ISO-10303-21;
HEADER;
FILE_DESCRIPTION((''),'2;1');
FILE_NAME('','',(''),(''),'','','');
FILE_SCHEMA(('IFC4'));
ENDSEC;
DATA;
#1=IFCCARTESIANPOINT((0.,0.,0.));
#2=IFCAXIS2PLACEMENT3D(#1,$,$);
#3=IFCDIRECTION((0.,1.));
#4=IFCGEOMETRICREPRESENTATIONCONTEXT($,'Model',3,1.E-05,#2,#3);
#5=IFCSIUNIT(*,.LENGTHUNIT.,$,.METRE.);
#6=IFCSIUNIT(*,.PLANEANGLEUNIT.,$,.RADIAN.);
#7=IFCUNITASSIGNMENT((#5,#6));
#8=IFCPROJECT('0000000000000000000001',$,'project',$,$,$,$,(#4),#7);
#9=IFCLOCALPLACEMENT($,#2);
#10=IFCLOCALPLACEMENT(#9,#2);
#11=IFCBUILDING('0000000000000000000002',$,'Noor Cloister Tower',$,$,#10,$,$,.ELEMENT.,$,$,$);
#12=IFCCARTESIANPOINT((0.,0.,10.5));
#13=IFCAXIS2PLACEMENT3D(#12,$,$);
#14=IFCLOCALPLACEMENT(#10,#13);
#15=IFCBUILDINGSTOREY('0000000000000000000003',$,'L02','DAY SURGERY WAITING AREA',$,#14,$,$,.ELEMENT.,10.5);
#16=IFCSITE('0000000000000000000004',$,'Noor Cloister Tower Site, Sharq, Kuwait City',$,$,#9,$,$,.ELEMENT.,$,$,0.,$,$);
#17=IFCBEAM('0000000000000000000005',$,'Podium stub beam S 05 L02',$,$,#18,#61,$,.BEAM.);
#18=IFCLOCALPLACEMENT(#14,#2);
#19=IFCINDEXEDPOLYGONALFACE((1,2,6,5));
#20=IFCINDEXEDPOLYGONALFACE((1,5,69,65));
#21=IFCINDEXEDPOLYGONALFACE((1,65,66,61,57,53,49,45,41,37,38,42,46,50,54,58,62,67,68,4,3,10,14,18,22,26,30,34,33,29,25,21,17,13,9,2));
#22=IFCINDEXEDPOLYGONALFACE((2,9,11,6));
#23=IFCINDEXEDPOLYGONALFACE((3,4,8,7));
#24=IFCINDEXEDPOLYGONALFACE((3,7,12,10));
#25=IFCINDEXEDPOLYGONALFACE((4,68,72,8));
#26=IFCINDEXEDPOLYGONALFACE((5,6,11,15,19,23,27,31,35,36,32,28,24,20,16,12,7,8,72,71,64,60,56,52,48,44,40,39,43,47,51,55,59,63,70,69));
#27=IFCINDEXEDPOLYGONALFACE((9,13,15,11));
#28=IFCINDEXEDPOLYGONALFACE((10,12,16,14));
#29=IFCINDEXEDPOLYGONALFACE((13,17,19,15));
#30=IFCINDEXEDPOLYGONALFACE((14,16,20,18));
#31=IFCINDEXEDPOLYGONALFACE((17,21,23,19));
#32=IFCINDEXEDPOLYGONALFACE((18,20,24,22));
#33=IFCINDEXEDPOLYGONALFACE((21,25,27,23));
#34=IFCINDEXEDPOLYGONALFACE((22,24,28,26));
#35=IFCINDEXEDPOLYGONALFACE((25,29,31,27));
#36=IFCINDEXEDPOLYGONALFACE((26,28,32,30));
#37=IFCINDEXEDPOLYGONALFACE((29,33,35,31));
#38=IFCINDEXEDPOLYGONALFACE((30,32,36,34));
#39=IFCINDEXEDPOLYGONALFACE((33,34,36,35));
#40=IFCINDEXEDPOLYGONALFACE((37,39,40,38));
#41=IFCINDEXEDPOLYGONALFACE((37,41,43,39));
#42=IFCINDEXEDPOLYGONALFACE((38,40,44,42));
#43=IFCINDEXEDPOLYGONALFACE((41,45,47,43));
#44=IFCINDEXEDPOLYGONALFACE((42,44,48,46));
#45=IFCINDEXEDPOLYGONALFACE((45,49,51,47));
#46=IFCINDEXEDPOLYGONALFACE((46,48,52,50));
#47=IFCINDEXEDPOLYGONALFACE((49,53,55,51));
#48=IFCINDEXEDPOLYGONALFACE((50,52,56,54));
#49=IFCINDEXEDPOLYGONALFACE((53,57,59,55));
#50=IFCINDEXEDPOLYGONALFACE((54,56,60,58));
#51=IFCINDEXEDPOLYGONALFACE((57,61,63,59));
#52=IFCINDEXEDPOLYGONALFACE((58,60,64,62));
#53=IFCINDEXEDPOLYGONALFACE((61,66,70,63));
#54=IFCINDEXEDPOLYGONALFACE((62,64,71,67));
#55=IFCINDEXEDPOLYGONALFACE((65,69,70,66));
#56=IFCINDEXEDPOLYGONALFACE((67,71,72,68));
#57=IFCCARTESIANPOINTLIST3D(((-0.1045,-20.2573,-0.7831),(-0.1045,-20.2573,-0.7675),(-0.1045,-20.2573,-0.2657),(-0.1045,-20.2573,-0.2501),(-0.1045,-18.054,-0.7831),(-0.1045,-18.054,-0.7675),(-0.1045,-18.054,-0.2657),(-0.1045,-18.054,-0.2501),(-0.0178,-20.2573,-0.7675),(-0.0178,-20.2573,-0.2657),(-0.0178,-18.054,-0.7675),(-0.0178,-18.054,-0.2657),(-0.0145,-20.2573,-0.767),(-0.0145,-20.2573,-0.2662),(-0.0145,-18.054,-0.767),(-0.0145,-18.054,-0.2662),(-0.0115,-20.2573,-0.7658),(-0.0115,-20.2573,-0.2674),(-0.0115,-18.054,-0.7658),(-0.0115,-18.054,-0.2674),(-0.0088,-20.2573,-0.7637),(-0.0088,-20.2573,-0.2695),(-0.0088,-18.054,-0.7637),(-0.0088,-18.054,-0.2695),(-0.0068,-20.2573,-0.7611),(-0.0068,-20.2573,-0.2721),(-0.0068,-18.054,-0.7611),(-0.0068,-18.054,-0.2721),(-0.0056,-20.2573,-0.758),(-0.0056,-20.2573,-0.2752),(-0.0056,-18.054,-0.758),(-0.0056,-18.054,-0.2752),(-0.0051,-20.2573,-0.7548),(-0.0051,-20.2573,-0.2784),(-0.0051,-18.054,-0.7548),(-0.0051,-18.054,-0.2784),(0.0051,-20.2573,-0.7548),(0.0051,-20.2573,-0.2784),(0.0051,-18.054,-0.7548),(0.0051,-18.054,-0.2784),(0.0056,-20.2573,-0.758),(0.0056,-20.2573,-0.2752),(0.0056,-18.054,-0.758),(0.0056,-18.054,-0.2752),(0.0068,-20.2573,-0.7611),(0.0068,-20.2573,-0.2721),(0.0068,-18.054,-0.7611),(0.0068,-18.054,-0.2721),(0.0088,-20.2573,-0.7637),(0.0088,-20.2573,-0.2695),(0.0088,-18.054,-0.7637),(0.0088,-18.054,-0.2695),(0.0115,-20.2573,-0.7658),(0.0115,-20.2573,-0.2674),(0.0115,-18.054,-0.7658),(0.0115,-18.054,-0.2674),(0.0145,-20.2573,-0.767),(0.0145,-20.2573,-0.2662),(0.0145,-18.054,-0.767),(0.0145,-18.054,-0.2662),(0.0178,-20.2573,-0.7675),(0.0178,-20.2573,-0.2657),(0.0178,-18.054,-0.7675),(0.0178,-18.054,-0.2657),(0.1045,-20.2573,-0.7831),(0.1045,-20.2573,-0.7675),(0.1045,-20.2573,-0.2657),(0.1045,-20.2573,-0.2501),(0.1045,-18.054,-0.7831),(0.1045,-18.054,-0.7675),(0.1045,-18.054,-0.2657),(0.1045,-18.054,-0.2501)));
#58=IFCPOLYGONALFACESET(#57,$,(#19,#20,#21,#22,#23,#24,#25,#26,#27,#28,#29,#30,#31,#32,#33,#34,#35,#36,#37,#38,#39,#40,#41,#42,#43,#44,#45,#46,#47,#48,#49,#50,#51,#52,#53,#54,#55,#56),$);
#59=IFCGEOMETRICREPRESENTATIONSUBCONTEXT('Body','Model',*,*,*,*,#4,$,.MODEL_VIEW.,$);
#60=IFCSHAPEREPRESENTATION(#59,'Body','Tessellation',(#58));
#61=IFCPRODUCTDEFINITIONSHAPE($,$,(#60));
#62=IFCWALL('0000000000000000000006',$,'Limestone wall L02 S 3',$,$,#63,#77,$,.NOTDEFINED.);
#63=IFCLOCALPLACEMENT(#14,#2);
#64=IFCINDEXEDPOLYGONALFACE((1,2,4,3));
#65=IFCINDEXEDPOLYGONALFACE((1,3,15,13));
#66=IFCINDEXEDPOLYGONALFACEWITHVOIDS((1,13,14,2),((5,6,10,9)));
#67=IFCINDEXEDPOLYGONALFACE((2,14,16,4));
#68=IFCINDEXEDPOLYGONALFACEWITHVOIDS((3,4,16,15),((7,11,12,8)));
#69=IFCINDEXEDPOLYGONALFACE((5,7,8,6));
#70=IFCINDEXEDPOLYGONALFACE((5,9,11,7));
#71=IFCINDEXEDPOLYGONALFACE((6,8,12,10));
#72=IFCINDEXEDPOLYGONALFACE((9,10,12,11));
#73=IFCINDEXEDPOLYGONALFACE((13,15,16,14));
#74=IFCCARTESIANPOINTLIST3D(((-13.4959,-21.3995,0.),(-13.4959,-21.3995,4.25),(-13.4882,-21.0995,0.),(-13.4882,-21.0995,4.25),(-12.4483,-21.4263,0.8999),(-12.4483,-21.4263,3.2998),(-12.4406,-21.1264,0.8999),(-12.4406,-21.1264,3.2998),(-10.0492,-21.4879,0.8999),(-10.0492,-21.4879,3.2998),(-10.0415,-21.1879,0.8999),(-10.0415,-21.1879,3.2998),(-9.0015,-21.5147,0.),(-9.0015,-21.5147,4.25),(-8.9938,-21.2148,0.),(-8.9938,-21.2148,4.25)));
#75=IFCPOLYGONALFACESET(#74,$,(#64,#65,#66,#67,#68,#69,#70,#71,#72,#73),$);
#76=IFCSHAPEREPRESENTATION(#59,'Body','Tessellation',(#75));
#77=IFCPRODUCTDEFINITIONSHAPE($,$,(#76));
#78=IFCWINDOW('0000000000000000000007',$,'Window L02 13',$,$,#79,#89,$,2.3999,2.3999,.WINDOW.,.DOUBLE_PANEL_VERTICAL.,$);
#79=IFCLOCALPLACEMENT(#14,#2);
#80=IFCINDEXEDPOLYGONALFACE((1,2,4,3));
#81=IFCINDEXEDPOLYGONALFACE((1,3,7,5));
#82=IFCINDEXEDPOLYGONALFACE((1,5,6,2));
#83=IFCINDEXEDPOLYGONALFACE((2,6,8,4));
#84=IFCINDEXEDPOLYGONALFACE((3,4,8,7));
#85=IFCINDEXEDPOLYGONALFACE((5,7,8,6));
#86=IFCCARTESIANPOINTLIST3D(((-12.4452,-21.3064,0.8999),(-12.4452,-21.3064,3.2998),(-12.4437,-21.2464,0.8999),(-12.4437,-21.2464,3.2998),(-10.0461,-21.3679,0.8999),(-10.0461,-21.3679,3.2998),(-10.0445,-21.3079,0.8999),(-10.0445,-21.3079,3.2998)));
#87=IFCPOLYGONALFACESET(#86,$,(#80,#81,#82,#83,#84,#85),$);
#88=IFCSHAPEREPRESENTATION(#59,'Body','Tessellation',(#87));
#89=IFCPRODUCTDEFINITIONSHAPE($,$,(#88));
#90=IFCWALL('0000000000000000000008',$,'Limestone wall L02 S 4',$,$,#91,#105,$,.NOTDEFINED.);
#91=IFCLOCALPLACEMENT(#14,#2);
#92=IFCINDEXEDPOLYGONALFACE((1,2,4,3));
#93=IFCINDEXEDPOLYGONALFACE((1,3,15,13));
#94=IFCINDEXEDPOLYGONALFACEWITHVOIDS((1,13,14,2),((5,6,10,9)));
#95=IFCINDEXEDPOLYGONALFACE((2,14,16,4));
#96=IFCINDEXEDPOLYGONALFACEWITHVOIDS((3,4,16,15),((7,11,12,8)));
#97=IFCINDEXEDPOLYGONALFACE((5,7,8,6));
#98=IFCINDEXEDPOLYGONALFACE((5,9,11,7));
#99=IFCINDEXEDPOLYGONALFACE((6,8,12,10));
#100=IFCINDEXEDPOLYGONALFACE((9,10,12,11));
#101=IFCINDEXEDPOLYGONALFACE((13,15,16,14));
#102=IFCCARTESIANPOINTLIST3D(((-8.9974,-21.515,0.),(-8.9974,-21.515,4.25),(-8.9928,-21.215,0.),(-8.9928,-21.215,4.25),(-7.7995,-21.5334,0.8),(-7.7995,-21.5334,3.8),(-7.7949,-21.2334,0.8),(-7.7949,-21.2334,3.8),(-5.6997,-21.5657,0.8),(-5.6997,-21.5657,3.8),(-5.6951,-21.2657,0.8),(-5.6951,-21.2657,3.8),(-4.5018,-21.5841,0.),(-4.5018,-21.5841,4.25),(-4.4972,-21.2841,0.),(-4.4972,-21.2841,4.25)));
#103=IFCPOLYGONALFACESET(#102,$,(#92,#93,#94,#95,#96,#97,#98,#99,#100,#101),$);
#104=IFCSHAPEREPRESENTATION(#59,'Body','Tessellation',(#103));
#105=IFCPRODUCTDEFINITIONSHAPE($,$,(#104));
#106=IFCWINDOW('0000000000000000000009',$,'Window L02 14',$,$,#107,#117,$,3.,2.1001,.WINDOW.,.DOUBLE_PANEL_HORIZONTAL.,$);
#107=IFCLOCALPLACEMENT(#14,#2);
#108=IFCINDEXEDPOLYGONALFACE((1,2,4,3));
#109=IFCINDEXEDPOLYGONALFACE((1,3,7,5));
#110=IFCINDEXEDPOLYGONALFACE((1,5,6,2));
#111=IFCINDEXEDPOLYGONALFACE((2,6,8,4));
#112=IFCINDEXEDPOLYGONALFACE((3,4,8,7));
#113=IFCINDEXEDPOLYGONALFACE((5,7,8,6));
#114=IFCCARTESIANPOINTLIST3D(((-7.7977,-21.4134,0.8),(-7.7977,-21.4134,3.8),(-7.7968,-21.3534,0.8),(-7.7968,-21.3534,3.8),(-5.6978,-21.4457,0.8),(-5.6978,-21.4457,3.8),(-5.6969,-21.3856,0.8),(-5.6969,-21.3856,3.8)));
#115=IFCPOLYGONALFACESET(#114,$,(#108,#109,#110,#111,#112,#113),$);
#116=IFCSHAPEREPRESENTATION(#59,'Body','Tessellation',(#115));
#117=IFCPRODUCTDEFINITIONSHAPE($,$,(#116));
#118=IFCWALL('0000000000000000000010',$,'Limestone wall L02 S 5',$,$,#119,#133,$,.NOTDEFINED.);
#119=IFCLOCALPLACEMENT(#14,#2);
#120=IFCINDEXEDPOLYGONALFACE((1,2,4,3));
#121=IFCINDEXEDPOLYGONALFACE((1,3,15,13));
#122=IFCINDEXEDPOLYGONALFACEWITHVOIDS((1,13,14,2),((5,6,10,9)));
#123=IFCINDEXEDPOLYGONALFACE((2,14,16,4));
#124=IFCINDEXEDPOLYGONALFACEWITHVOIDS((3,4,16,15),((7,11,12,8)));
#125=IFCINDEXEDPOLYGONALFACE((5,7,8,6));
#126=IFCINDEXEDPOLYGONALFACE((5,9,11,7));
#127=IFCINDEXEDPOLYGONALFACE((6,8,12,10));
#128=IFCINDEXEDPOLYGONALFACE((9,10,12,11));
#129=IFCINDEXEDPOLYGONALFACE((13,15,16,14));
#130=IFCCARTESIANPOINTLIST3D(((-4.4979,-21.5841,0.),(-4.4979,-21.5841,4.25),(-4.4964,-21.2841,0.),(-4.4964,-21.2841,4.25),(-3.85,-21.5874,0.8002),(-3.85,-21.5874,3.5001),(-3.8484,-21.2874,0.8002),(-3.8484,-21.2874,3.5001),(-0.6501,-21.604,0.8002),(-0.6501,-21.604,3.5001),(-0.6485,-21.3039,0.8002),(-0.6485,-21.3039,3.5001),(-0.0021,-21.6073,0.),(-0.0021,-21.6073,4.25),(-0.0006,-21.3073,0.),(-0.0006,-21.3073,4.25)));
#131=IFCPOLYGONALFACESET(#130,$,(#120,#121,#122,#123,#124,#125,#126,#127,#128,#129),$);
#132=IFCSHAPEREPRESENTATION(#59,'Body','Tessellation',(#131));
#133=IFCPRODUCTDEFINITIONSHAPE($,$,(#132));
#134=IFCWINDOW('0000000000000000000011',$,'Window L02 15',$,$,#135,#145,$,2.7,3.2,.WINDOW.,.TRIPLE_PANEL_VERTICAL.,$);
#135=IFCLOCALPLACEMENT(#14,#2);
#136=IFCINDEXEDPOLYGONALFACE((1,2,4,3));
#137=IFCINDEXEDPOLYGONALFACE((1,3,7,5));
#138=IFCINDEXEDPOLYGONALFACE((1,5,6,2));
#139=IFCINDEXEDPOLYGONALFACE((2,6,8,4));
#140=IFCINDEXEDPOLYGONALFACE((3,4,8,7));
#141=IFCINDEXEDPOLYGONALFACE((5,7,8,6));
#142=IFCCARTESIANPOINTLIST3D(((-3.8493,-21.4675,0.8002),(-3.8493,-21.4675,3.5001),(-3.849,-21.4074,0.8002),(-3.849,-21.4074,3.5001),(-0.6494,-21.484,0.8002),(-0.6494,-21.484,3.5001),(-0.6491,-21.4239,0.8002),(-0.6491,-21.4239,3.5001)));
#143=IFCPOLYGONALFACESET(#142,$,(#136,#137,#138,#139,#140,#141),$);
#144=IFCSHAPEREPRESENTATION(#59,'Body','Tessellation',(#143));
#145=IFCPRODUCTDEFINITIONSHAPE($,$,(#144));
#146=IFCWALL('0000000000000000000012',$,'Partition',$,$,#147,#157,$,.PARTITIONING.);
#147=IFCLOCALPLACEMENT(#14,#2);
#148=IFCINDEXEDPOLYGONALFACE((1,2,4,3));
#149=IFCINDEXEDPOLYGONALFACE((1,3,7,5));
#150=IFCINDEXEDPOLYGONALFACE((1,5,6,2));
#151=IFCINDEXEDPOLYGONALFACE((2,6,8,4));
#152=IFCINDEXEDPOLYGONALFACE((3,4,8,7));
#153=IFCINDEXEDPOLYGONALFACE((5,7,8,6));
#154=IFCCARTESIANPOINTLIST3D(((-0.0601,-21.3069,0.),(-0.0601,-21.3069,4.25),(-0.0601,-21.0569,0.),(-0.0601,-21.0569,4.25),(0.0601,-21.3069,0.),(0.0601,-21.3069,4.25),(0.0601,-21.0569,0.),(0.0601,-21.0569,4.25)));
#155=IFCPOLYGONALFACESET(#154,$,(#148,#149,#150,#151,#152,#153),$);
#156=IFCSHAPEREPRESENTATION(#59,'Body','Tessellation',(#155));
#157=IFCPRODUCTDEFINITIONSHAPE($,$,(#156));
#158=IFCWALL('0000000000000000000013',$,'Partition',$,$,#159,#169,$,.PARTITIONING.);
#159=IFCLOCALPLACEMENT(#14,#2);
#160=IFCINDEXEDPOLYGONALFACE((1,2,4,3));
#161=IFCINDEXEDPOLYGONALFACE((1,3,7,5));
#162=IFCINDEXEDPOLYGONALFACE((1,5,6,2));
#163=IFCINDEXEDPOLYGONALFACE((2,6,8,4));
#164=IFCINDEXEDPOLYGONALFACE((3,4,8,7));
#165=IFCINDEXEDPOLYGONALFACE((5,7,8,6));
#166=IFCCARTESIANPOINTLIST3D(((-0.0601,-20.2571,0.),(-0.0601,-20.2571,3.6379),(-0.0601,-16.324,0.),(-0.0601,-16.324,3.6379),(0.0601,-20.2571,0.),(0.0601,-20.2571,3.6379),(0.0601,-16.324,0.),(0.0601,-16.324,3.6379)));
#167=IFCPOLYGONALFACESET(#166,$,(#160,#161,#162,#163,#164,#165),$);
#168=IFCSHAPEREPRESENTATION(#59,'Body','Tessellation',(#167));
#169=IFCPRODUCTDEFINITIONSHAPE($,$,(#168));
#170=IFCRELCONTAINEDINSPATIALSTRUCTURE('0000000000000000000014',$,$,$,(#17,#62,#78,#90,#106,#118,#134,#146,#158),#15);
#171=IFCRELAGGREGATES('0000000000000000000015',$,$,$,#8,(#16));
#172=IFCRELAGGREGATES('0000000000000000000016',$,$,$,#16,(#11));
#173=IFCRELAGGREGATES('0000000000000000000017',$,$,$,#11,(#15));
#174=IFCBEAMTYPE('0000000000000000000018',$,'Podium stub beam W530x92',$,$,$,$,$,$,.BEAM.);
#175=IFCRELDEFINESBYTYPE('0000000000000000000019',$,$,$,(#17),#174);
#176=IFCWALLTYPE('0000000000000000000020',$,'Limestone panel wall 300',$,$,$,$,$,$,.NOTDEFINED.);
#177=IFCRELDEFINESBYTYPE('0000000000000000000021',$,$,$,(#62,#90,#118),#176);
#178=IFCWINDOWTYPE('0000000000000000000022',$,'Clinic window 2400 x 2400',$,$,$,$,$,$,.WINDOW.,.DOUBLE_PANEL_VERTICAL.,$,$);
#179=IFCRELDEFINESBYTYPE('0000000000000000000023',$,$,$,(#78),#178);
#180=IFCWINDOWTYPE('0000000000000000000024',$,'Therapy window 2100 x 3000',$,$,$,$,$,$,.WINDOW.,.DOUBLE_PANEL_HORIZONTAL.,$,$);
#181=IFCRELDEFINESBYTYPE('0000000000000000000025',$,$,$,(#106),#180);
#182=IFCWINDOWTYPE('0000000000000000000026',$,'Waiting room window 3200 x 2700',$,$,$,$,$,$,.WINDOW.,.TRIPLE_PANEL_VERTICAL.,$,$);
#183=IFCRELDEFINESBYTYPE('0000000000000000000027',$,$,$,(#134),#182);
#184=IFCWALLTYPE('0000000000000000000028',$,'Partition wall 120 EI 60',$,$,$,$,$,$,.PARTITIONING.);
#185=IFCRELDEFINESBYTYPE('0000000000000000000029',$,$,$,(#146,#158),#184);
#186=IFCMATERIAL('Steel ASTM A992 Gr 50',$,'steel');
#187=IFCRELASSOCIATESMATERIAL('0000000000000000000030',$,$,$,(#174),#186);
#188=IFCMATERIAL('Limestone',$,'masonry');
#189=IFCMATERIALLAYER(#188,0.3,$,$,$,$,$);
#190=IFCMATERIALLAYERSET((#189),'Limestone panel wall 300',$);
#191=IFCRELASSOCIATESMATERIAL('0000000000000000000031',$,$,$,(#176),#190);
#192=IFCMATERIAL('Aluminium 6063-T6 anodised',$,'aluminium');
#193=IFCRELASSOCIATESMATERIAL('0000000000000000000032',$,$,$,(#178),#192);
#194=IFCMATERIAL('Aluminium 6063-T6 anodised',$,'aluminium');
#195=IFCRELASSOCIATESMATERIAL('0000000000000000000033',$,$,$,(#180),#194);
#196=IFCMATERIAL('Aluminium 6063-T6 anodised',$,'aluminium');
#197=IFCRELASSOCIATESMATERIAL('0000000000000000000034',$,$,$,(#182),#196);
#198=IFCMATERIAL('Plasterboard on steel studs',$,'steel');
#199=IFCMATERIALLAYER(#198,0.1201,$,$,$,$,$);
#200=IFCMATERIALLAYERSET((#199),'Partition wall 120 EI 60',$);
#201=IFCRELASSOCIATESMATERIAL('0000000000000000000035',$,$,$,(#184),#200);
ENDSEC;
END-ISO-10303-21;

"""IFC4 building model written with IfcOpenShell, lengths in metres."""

from ifc_helpers import new_model, si_unit, direction, frame, frame_2d, origin, origin_2d, place, context, subcontext, project, spatial, rectangle, i_section, extrude, material, layer, layer_set, material_profile, profile_set, type_object, element, fill, save


model = new_model("IFC4")

# Units and contexts
model_context = context("Model", 3, precision=1e-05, world=origin(), true_north=direction((0.0, 1.0)))
body_context = subcontext(model_context, "Body", "Model", "MODEL_VIEW")
ifc_project = project(units=[si_unit("LENGTHUNIT", "METRE"), si_unit("PLANEANGLEUNIT", "RADIAN")], contexts=[model_context])

# Site, building, storey
site_placement = place(None, origin())
site = spatial("IfcSite", under=ifc_project, at=site_placement, Name="Noor Cloister Tower Site, Sharq, Kuwait City", CompositionType="ELEMENT", RefElevation=0.0)
building_placement = place(site_placement, origin())
building = spatial("IfcBuilding", under=site, at=building_placement, Name="Noor Cloister Tower", CompositionType="ELEMENT")
storey_placement = place(building_placement, frame((0.0, 0.0, 10.5)))
storey = spatial("IfcBuildingStorey", under=building, at=storey_placement, Name="L02", Description="DAY SURGERY WAITING AREA", CompositionType="ELEMENT", Elevation=10.5)

# Beam
ifc_material_1 = material(Name="Steel ASTM A992 Gr 50", Category="steel")
ifc_material_profile_1 = material_profile(ifc_material_1, i_section(OverallWidth=0.209, OverallDepth=0.533, WebThickness=0.0103, FlangeThickness=0.0156, FilletRadius=0.0127, at=origin_2d()), Name="W530x92")
ifc_profile_set_1 = profile_set([ifc_material_profile_1], Name="Steel ASTM A992 Gr 50")
beam_type_1 = type_object("IfcBeamType", Name="Podium stub beam W530x92", PredefinedType="BEAM", material=ifc_profile_set_1)
beam_1_placement = place(storey_placement, frame((0.0, -18.054, -0.5166), z_axis=(0.0, -1.0, 0.0), x_axis=(1.0, 0.0, 0.0)))
element("IfcBeam", 1, at=beam_1_placement, inside=storey, type_object=beam_type_1, Name="Podium stub beam S 05 L02", PredefinedType="BEAM", context=body_context, shape_type="SweptSolid", body=[
    extrude(i_section(OverallWidth=0.209, OverallDepth=0.533, WebThickness=0.0103, FlangeThickness=0.0156, FilletRadius=0.0127, at=origin_2d()), origin(), (0.0, 0.0, 1.0), 2.2034),
])

# Walls, openings, windows
ifc_material_2 = material(Name="Limestone", Category="masonry")
ifc_layer_1 = layer(ifc_material_2, 0.3)
ifc_layer_set_1 = layer_set([ifc_layer_1], Name="Limestone panel wall 300")
wall_type_1 = type_object("IfcWallType", Name="Limestone panel wall 300", PredefinedType="NOTDEFINED", material=ifc_layer_set_1)
wall_1_placement = place(storey_placement, frame((-8.9976, -21.3647, 0.0), z_axis=(0.0, 0.0, 1.0), x_axis=(-0.999671, 0.025631, 0.0)))
wall_1 = element("IfcWall", 2, at=wall_1_placement, inside=storey, type_object=wall_type_1, Name="Limestone wall L02 S 3", PredefinedType="NOTDEFINED", context=body_context, shape_type="SweptSolid", body=[
    extrude(rectangle(XDim=4.4958, YDim=0.3, at=frame_2d((2.248, 0.0))), origin(), (0.0, 0.0, 1.0), 4.25),
])
opening_1_placement = place(wall_1_placement, frame((1.0481, 0.0, 0.8999)))
opening_1 = element("IfcOpeningElement", 3, at=opening_1_placement, cuts=wall_1, PredefinedType="OPENING", context=body_context, shape_type="SweptSolid", body=[
    extrude(rectangle(XDim=2.3999, YDim=2.3999, at=frame_2d((1.2, 1.2))), frame((0.0, 0.1602, 0.0), z_axis=(0.0, -1.0, 0.0), x_axis=(1.0, 0.0, 0.0)), (0.0, 0.0, 1.0), 0.3201),
])
ifc_material_3 = material(Name="Aluminium 6063-T6 anodised", Category="aluminium")
window_type_1 = type_object("IfcWindowType", Name="Clinic window 2400 x 2400", PartitioningType="DOUBLE_PANEL_VERTICAL", PredefinedType="WINDOW", material=ifc_material_3)
window_1_placement = place(opening_1_placement, origin())
window_1 = element("IfcWindow", 4, at=window_1_placement, inside=storey, type_object=window_type_1, Name="Window L02 13", OverallHeight=2.3999, OverallWidth=2.3999, PartitioningType="DOUBLE_PANEL_VERTICAL", PredefinedType="WINDOW", context=body_context, shape_type="SweptSolid", body=[
    extrude(rectangle(XDim=2.3999, YDim=2.3999, at=frame_2d((1.2, 1.2))), frame((0.0, 0.03, 0.0), z_axis=(0.0, -1.0, 0.0), x_axis=(1.0, 0.0, 0.0)), (0.0, 0.0, 1.0), 0.0601),
])
fill(opening_1, window_1)
wall_2_placement = place(storey_placement, frame((-4.4995, -21.4341, 0.0), z_axis=(0.0, 0.0, 1.0), x_axis=(-0.999882, 0.015367, 0.0)))
wall_2 = element("IfcWall", 5, at=wall_2_placement, inside=storey, type_object=wall_type_1, Name="Limestone wall L02 S 4", PredefinedType="NOTDEFINED", context=body_context, shape_type="SweptSolid", body=[
    extrude(rectangle(XDim=4.4961, YDim=0.3, at=frame_2d((2.248, 0.0))), origin(), (0.0, 0.0, 1.0), 4.25),
])
opening_2_placement = place(wall_2_placement, frame((1.198, 0.0, 0.8)))
opening_2 = element("IfcOpeningElement", 6, at=opening_2_placement, cuts=wall_2, PredefinedType="OPENING", context=body_context, shape_type="SweptSolid", body=[
    extrude(rectangle(XDim=2.1001, YDim=3.0, at=frame_2d((1.05, 1.5))), frame((0.0, 0.1602, 0.0), z_axis=(0.0, -1.0, 0.0), x_axis=(1.0, 0.0, 0.0)), (0.0, 0.0, 1.0), 0.3201),
])
ifc_material_4 = material(Name="Aluminium 6063-T6 anodised", Category="aluminium")
window_type_2 = type_object("IfcWindowType", Name="Therapy window 2100 x 3000", PartitioningType="DOUBLE_PANEL_HORIZONTAL", PredefinedType="WINDOW", material=ifc_material_4)
window_2_placement = place(opening_2_placement, origin())
window_2 = element("IfcWindow", 7, at=window_2_placement, inside=storey, type_object=window_type_2, Name="Window L02 14", OverallHeight=3.0, OverallWidth=2.1001, PartitioningType="DOUBLE_PANEL_HORIZONTAL", PredefinedType="WINDOW", context=body_context, shape_type="SweptSolid", body=[
    extrude(rectangle(XDim=2.1001, YDim=3.0, at=frame_2d((1.05, 1.5))), frame((0.0, 0.03, 0.0), z_axis=(0.0, -1.0, 0.0), x_axis=(1.0, 0.0, 0.0)), (0.0, 0.0, 1.0), 0.0601),
])
fill(opening_2, window_2)
wall_3_placement = place(storey_placement, frame((-0.0012, -21.4573, 0.0), z_axis=(0.0, 0.0, 1.0), x_axis=(-0.999987, 0.005159, 0.0)))
wall_3 = element("IfcWall", 8, at=wall_3_placement, inside=storey, type_object=wall_type_1, Name="Limestone wall L02 S 5", PredefinedType="NOTDEFINED", context=body_context, shape_type="SweptSolid", body=[
    extrude(rectangle(XDim=4.4958, YDim=0.3, at=frame_2d((2.248, 0.0))), origin(), (0.0, 0.0, 1.0), 4.25),
])
opening_3_placement = place(wall_3_placement, frame((0.6479, 0.0, 0.8)))
opening_3 = element("IfcOpeningElement", 9, at=opening_3_placement, cuts=wall_3, PredefinedType="OPENING", context=body_context, shape_type="SweptSolid", body=[
    extrude(rectangle(XDim=3.2, YDim=2.7, at=frame_2d((1.6001, 1.3501))), frame((0.0, 0.1602, 0.0), z_axis=(0.0, -1.0, 0.0), x_axis=(1.0, 0.0, 0.0)), (0.0, 0.0, 1.0), 0.3201),
])
ifc_material_5 = material(Name="Aluminium 6063-T6 anodised", Category="aluminium")
window_type_3 = type_object("IfcWindowType", Name="Waiting room window 3200 x 2700", PartitioningType="TRIPLE_PANEL_VERTICAL", PredefinedType="WINDOW", material=ifc_material_5)
window_3_placement = place(opening_3_placement, origin())
window_3 = element("IfcWindow", 10, at=window_3_placement, inside=storey, type_object=window_type_3, Name="Window L02 15", OverallHeight=2.7, OverallWidth=3.2, PartitioningType="TRIPLE_PANEL_VERTICAL", PredefinedType="WINDOW", context=body_context, shape_type="SweptSolid", body=[
    extrude(rectangle(XDim=3.2, YDim=2.7, at=frame_2d((1.6001, 1.3501))), frame((0.0, 0.03, 0.0), z_axis=(0.0, -1.0, 0.0), x_axis=(1.0, 0.0, 0.0)), (0.0, 0.0, 1.0), 0.0601),
])
fill(opening_3, window_3)

# Walls
ifc_material_6 = material(Name="Plasterboard on steel studs", Category="steel")
ifc_layer_2 = layer(ifc_material_6, 0.1201)
ifc_layer_set_2 = layer_set([ifc_layer_2], Name="Partition wall 120 EI 60")
wall_type_2 = type_object("IfcWallType", Name="Partition wall 120 EI 60", PredefinedType="PARTITIONING", material=ifc_layer_set_2)
wall_4_placement = place(storey_placement, frame((0.0, -21.3069, 0.0), z_axis=(0.0, 0.0, 1.0), x_axis=(0.0, 1.0, 0.0)))
element("IfcWall", 11, at=wall_4_placement, inside=storey, type_object=wall_type_2, Name="Partition", PredefinedType="PARTITIONING", context=body_context, shape_type="SweptSolid", body=[
    extrude(rectangle(XDim=0.25, YDim=0.1201, at=frame_2d((0.125, 0.0))), origin(), (0.0, 0.0, 1.0), 4.25),
])
wall_5_placement = place(storey_placement, frame((0.0, -20.2571, 0.0), z_axis=(0.0, 0.0, 1.0), x_axis=(0.0, 1.0, 0.0)))
element("IfcWall", 12, at=wall_5_placement, inside=storey, type_object=wall_type_2, Name="Partition", PredefinedType="PARTITIONING", context=body_context, shape_type="SweptSolid", body=[
    extrude(rectangle(XDim=3.9331, YDim=0.1201, at=frame_2d((1.9666, 0.0))), origin(), (0.0, 0.0, 1.0), 3.6379),
])

save(model, "model.ifc")
